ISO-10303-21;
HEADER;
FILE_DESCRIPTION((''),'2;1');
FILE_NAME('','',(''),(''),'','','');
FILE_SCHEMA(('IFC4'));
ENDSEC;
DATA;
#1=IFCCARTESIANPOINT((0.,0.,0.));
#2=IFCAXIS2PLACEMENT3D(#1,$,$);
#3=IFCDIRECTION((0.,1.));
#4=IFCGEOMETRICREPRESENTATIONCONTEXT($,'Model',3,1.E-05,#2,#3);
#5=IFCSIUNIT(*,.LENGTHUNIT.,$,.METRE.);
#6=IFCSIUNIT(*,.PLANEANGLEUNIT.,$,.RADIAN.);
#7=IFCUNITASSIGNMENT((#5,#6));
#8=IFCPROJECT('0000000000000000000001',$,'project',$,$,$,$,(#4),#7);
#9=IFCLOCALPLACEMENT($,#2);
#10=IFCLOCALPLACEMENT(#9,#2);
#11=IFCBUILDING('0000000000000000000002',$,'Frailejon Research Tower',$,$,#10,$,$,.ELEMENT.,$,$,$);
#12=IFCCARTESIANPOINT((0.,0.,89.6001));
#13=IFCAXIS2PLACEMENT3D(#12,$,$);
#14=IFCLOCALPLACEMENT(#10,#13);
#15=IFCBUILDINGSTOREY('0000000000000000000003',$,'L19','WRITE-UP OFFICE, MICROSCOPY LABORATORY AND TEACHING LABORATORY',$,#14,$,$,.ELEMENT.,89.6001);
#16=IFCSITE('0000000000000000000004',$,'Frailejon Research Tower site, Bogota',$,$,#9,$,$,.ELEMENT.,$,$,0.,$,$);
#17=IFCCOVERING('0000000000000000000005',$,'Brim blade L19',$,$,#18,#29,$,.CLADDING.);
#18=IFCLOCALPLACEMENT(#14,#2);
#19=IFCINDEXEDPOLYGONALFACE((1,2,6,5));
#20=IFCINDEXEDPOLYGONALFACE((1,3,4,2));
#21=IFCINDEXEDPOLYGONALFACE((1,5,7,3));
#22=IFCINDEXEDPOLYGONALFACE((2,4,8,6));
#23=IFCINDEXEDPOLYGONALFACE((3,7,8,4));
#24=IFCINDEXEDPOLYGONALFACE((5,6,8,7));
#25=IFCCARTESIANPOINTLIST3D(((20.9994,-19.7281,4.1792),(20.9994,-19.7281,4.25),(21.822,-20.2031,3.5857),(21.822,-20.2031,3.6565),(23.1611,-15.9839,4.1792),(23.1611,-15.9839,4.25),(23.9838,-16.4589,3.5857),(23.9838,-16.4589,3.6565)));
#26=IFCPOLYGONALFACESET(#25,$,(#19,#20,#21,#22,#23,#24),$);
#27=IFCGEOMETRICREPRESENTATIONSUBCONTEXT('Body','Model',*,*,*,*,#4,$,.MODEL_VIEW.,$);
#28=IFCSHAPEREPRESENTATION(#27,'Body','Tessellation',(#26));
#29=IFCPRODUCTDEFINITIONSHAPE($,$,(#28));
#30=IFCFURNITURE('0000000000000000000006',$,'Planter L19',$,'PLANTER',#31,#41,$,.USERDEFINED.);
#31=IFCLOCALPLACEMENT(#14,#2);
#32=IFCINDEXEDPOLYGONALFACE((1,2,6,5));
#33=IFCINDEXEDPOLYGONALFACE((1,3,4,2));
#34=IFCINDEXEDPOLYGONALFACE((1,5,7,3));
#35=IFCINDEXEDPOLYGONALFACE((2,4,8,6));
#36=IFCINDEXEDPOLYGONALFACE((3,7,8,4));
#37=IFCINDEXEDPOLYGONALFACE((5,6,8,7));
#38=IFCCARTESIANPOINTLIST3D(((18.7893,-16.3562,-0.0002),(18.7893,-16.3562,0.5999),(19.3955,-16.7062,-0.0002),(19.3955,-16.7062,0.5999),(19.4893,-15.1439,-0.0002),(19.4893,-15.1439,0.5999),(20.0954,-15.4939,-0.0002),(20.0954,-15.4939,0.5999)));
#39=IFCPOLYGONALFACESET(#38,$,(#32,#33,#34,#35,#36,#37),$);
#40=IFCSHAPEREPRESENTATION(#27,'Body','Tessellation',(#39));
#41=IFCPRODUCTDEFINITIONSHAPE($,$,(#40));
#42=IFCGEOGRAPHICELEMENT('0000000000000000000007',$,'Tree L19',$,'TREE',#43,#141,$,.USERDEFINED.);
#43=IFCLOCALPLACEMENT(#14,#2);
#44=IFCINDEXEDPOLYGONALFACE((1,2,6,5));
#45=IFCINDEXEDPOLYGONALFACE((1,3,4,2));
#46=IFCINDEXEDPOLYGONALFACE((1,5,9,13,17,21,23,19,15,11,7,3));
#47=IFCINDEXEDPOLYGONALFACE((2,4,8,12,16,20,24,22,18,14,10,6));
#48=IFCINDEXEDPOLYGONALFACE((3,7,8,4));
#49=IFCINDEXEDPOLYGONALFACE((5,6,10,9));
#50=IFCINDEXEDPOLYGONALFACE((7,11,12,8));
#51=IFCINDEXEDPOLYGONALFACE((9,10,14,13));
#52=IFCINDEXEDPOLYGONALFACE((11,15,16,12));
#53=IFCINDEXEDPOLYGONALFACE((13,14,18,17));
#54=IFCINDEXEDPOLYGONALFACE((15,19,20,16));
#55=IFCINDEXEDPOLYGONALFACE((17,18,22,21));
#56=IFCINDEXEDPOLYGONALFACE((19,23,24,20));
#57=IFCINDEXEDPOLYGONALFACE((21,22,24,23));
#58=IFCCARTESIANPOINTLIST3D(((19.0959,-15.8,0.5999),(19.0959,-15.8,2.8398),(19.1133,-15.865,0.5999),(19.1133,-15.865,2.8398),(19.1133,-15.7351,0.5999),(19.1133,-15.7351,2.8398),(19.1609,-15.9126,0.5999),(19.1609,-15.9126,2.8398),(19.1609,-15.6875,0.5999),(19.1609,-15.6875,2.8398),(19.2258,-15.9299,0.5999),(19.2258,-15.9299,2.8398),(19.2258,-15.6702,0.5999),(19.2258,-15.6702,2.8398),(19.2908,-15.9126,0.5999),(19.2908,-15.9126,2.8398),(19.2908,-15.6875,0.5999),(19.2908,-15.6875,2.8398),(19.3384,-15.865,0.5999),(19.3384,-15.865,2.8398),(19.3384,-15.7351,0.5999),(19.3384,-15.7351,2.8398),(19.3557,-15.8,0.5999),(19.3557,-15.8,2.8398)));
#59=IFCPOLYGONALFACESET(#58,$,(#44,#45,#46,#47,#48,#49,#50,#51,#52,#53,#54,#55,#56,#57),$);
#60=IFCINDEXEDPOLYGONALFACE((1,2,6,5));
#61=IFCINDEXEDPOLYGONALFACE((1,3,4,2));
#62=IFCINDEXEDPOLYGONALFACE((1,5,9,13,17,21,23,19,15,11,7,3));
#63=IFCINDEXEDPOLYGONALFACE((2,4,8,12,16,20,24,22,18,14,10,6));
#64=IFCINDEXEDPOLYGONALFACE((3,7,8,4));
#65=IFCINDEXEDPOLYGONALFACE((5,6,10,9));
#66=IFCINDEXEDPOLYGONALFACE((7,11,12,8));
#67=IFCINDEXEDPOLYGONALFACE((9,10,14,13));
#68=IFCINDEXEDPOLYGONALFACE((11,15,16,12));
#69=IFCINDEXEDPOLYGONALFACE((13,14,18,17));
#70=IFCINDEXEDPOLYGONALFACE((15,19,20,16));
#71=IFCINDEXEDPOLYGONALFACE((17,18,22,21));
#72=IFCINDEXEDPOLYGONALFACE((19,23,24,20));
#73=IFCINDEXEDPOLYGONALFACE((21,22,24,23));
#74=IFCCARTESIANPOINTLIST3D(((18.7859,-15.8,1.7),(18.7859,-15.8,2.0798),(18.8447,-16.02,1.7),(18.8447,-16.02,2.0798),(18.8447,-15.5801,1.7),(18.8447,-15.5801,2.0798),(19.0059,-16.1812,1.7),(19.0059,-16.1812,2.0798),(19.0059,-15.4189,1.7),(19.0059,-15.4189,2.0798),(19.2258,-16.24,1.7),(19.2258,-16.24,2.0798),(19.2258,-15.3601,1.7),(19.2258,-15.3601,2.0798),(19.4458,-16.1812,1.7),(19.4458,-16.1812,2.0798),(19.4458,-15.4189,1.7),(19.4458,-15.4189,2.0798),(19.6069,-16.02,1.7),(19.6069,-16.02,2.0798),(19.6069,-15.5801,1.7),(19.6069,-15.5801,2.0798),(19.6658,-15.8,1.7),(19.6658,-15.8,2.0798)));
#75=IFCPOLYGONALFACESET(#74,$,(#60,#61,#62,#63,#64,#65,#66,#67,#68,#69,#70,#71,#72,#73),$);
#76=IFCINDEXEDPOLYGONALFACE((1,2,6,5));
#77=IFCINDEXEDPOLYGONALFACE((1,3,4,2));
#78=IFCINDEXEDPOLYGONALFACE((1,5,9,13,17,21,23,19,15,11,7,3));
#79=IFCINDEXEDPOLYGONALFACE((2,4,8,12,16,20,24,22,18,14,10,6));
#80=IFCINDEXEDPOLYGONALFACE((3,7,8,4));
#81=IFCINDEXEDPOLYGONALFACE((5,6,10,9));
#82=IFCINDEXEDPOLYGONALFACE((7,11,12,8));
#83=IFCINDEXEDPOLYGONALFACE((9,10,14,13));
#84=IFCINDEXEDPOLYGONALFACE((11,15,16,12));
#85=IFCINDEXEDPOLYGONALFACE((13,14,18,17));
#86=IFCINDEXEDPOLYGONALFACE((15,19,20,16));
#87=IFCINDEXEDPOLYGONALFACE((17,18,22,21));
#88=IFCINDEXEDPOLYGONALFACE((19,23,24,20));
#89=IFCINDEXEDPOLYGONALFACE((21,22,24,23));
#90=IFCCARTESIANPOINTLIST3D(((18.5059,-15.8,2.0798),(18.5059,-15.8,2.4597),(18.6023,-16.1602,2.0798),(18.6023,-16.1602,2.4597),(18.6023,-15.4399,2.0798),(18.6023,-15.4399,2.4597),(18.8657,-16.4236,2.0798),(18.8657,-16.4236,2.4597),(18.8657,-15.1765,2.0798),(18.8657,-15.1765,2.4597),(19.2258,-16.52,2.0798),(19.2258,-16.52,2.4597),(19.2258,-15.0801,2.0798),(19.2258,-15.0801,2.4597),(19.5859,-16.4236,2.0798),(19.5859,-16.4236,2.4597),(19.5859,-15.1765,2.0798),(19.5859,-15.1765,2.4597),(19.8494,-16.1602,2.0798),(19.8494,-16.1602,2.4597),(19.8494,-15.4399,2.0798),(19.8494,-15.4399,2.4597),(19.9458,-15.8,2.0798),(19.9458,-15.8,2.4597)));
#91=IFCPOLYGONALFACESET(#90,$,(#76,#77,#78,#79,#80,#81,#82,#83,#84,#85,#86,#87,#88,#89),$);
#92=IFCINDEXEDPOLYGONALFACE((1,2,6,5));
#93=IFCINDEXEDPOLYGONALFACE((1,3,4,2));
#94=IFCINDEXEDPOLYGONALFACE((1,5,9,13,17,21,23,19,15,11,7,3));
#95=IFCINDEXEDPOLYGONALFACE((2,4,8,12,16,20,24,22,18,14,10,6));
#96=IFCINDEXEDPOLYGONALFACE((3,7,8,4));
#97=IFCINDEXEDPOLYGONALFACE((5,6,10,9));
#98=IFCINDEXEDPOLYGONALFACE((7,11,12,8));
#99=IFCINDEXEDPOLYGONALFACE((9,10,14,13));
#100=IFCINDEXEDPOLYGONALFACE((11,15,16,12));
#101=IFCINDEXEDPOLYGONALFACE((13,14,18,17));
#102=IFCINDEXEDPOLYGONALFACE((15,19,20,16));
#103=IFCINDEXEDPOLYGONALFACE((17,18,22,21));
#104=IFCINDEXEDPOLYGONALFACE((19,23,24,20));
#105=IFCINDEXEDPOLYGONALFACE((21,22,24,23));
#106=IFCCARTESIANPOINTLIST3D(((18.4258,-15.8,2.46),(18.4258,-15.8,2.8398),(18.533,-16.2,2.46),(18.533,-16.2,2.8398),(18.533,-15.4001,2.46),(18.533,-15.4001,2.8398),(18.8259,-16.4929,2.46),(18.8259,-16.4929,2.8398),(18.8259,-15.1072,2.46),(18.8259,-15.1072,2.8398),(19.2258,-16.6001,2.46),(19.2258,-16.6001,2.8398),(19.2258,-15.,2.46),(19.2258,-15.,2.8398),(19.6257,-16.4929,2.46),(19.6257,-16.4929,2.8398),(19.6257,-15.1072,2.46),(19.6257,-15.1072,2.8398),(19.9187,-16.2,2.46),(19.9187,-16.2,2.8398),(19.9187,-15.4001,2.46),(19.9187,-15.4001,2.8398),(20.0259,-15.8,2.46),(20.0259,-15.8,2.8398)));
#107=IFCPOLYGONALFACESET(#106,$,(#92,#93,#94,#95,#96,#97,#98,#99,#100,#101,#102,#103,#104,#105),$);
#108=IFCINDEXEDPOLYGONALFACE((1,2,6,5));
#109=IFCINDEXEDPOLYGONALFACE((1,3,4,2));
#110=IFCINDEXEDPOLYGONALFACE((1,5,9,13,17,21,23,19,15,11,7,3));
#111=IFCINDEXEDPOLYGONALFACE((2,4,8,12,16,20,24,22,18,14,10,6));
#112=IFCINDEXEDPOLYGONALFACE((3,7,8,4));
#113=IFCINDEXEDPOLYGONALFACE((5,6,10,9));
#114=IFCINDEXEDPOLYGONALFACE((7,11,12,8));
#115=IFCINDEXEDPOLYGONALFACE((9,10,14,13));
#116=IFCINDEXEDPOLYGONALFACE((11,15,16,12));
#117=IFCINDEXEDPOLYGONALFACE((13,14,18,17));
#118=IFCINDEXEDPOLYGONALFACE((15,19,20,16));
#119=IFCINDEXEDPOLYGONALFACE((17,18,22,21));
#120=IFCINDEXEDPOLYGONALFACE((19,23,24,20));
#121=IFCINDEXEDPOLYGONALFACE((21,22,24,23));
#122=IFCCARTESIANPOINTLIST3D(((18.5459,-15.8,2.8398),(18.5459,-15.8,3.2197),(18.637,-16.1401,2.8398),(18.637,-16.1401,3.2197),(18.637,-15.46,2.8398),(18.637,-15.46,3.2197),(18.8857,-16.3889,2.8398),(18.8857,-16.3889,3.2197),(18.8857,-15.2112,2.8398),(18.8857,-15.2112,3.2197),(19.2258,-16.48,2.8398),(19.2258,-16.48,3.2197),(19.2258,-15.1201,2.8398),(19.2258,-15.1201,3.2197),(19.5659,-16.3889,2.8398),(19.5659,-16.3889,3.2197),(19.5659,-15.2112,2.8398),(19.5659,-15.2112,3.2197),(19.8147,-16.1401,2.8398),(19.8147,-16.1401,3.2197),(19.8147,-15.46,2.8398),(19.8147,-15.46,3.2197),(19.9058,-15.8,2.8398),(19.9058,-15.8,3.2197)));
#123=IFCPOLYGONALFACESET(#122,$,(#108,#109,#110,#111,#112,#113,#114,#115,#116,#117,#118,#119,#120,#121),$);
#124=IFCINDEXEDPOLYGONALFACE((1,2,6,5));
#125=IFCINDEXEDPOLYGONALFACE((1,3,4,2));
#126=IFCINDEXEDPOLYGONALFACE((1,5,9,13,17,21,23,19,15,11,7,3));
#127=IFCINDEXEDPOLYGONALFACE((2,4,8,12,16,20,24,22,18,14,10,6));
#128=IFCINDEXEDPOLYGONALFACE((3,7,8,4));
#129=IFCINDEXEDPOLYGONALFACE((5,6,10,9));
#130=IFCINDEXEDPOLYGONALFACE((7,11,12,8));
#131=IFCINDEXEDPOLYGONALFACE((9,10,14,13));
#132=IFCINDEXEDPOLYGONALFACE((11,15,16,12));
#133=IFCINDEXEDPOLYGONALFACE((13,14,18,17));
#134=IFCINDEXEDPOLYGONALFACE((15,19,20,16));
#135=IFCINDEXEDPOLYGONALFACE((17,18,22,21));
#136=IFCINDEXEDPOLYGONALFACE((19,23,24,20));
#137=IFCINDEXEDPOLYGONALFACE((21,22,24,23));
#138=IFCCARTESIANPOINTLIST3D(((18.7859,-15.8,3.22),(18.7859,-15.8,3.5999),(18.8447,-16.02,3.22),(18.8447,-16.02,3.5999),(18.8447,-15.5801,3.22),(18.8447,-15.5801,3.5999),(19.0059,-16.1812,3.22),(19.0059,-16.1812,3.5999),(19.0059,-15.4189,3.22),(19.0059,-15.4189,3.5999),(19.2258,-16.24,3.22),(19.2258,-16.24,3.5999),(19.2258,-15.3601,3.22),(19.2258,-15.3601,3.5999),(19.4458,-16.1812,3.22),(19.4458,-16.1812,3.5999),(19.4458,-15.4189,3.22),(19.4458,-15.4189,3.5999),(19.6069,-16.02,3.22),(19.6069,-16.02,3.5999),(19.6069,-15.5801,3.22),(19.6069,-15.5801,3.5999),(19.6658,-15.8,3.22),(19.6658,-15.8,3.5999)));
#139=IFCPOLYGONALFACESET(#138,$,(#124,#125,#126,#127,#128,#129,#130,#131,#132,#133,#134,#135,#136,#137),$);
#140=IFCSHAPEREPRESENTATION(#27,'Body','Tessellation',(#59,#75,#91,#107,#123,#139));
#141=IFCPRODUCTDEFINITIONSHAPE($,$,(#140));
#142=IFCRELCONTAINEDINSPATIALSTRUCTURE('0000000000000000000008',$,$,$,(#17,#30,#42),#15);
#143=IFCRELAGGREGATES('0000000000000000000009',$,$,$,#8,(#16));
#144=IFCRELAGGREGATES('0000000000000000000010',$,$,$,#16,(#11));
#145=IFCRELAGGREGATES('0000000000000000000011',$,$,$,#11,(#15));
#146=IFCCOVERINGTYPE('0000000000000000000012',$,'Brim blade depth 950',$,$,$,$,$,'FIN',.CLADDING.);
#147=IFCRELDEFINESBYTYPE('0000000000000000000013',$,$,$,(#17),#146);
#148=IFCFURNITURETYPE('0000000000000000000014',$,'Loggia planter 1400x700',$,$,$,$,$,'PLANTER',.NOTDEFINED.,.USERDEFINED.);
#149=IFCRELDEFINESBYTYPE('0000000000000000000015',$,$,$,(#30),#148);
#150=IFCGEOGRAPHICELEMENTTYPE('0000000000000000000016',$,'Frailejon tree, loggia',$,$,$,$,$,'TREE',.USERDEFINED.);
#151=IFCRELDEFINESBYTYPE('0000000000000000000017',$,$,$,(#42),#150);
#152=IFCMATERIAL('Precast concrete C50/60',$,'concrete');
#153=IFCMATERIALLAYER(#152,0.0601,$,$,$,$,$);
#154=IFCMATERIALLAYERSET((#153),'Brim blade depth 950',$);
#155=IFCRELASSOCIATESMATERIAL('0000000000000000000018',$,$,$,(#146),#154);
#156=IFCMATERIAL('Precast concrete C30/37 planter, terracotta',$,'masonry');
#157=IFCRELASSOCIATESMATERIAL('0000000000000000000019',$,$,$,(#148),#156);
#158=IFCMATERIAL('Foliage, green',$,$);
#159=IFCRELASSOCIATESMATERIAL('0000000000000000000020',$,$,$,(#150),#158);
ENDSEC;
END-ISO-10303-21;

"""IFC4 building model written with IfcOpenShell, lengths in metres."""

from ifc_helpers import new_model, si_unit, direction, frame, origin, origin_2d, place, context, subcontext, project, spatial, polyline, rectangle, outline, extrude, material, layer, layer_set, type_object, element, save


model = new_model("IFC4")

# Units and contexts
model_context = context("Model", 3, precision=1e-05, world=origin(), true_north=direction((0.0, 1.0)))
body_context = subcontext(model_context, "Body", "Model", "MODEL_VIEW")
ifc_project = project(units=[si_unit("LENGTHUNIT", "METRE"), si_unit("PLANEANGLEUNIT", "RADIAN")], contexts=[model_context])

# Site, building, storey
site_placement = place(None, origin())
site = spatial("IfcSite", under=ifc_project, at=site_placement, Name="Frailejon Research Tower site, Bogota", CompositionType="ELEMENT", RefElevation=0.0)
building_placement = place(site_placement, origin())
building = spatial("IfcBuilding", under=site, at=building_placement, Name="Frailejon Research Tower", CompositionType="ELEMENT")
storey_placement = place(building_placement, frame((0.0, 0.0, 89.6001)))
storey = spatial("IfcBuildingStorey", under=building, at=storey_placement, Name="L19", Description="WRITE-UP OFFICE, MICROSCOPY LABORATORY AND TEACHING LABORATORY", CompositionType="ELEMENT", Elevation=89.6001)

# Covering
ifc_material_1 = material(Name="Precast concrete C50/60", Category="concrete")
ifc_layer_1 = layer(ifc_material_1, 0.0601)
ifc_layer_set_1 = layer_set([ifc_layer_1], Name="Brim blade depth 950")
covering_type_1 = type_object("IfcCoveringType", Name="Brim blade depth 950", ElementType="FIN", PredefinedType="CLADDING", material=ifc_layer_set_1)
covering_1_placement = place(storey_placement, frame((23.1611, -15.9839, 4.25), z_axis=(-0.500005, -0.866023, 0.0), x_axis=(0.866023, -0.500005, 0.0)))
element("IfcCovering", 1, at=covering_1_placement, inside=storey, type_object=covering_type_1, Name="Brim blade L19", PredefinedType="CLADDING", context=body_context, shape_type="SweptSolid", body=[
    extrude(outline(polyline([(0.0, -0.0708), (0.95, -0.6643), (0.95, -0.5935), (0.0, 0.0), (0.0, -0.0708)])), origin(), (0.0, 0.0, 1.0), 4.3235),
])

# Furniture
ifc_material_2 = material(Name="Precast concrete C30/37 planter, terracotta", Category="masonry")
furniture_type = type_object("IfcFurnitureType", Name="Loggia planter 1400x700", ElementType="PLANTER", AssemblyPlace="NOTDEFINED", PredefinedType="USERDEFINED", material=ifc_material_2)
furniture_placement = place(storey_placement, frame((19.4424, -15.925, -0.0002), z_axis=(0.0, 0.0, 1.0), x_axis=(0.5, 0.866025, 0.0)))
element("IfcFurniture", 2, at=furniture_placement, inside=storey, type_object=furniture_type, Name="Planter L19", ObjectType="PLANTER", PredefinedType="USERDEFINED", context=body_context, shape_type="SweptSolid", body=[
    extrude(rectangle(XDim=1.3999, YDim=0.7, at=origin_2d()), origin(), (0.0, 0.0, 1.0), 0.6001),
])

# Geographic element
ifc_material_3 = material(Name="Foliage, green")
geographic_element_type = type_object("IfcGeographicElementType", Name="Frailejon tree, loggia", ElementType="TREE", PredefinedType="USERDEFINED", material=ifc_material_3)
geographic_element_placement = place(storey_placement, frame((19.2258, -15.8, 0.5999)))
element("IfcGeographicElement", 3, at=geographic_element_placement, inside=storey, type_object=geographic_element_type, Name="Tree L19", ObjectType="TREE", PredefinedType="USERDEFINED", context=body_context, shape_type="SweptSolid", body=[
    extrude(outline(polyline([(0.1299, 0.0), (0.1125, 0.0649), (0.0649, 0.1125), (0.0, 0.1299), (-0.0649, 0.1125), (-0.1125, 0.0649), (-0.1299, 0.0), (-0.1125, -0.0649), (-0.0649, -0.1125), (0.0, -0.1299), (0.0649, -0.1125), (0.1125, -0.0649), (0.1299, 0.0)])), origin(), (0.0, 0.0, 1.0), 2.24),
    extrude(outline(polyline([(0.4399, 0.0), (0.3811, 0.22), (0.22, 0.3811), (0.0, 0.4399), (-0.22, 0.3811), (-0.3811, 0.22), (-0.4399, 0.0), (-0.3811, -0.22), (-0.22, -0.3811), (0.0, -0.4399), (0.22, -0.3811), (0.3811, -0.22), (0.4399, 0.0)])), frame((0.0, 0.0, 1.1001)), (0.0, 0.0, 1.0), 0.3799),
    extrude(outline(polyline([(0.72, 0.0), (0.6235, 0.3601), (0.3601, 0.6235), (0.0, 0.72), (-0.3601, 0.6235), (-0.6235, 0.3601), (-0.72, 0.0), (-0.6235, -0.3601), (-0.3601, -0.6235), (0.0, -0.72), (0.3601, -0.6235), (0.6235, -0.3601), (0.72, 0.0)])), frame((0.0, 0.0, 1.48)), (0.0, 0.0, 1.0), 0.3799),
    extrude(outline(polyline([(0.8, 0.0), (0.6929, 0.3999), (0.3999, 0.6929), (0.0, 0.8), (-0.3999, 0.6929), (-0.6929, 0.3999), (-0.8, 0.0), (-0.6929, -0.3999), (-0.3999, -0.6929), (0.0, -0.8), (0.3999, -0.6929), (0.6929, -0.3999), (0.8, 0.0)])), frame((0.0, 0.0, 1.8601)), (0.0, 0.0, 1.0), 0.3799),
    extrude(outline(polyline([(0.6799, 0.0), (0.5889, 0.3401), (0.3401, 0.5889), (0.0, 0.6799), (-0.3401, 0.5889), (-0.5889, 0.3401), (-0.6799, 0.0), (-0.5889, -0.3401), (-0.3401, -0.5889), (0.0, -0.6799), (0.3401, -0.5889), (0.5889, -0.3401), (0.6799, 0.0)])), frame((0.0, 0.0, 2.24)), (0.0, 0.0, 1.0), 0.3799),
    extrude(outline(polyline([(0.4399, 0.0), (0.3811, 0.22), (0.22, 0.3811), (0.0, 0.4399), (-0.22, 0.3811), (-0.3811, 0.22), (-0.4399, 0.0), (-0.3811, -0.22), (-0.22, -0.3811), (0.0, -0.4399), (0.22, -0.3811), (0.3811, -0.22), (0.4399, 0.0)])), frame((0.0, 0.0, 2.6201)), (0.0, 0.0, 1.0), 0.3799),
])

save(model, "model.ifc")
